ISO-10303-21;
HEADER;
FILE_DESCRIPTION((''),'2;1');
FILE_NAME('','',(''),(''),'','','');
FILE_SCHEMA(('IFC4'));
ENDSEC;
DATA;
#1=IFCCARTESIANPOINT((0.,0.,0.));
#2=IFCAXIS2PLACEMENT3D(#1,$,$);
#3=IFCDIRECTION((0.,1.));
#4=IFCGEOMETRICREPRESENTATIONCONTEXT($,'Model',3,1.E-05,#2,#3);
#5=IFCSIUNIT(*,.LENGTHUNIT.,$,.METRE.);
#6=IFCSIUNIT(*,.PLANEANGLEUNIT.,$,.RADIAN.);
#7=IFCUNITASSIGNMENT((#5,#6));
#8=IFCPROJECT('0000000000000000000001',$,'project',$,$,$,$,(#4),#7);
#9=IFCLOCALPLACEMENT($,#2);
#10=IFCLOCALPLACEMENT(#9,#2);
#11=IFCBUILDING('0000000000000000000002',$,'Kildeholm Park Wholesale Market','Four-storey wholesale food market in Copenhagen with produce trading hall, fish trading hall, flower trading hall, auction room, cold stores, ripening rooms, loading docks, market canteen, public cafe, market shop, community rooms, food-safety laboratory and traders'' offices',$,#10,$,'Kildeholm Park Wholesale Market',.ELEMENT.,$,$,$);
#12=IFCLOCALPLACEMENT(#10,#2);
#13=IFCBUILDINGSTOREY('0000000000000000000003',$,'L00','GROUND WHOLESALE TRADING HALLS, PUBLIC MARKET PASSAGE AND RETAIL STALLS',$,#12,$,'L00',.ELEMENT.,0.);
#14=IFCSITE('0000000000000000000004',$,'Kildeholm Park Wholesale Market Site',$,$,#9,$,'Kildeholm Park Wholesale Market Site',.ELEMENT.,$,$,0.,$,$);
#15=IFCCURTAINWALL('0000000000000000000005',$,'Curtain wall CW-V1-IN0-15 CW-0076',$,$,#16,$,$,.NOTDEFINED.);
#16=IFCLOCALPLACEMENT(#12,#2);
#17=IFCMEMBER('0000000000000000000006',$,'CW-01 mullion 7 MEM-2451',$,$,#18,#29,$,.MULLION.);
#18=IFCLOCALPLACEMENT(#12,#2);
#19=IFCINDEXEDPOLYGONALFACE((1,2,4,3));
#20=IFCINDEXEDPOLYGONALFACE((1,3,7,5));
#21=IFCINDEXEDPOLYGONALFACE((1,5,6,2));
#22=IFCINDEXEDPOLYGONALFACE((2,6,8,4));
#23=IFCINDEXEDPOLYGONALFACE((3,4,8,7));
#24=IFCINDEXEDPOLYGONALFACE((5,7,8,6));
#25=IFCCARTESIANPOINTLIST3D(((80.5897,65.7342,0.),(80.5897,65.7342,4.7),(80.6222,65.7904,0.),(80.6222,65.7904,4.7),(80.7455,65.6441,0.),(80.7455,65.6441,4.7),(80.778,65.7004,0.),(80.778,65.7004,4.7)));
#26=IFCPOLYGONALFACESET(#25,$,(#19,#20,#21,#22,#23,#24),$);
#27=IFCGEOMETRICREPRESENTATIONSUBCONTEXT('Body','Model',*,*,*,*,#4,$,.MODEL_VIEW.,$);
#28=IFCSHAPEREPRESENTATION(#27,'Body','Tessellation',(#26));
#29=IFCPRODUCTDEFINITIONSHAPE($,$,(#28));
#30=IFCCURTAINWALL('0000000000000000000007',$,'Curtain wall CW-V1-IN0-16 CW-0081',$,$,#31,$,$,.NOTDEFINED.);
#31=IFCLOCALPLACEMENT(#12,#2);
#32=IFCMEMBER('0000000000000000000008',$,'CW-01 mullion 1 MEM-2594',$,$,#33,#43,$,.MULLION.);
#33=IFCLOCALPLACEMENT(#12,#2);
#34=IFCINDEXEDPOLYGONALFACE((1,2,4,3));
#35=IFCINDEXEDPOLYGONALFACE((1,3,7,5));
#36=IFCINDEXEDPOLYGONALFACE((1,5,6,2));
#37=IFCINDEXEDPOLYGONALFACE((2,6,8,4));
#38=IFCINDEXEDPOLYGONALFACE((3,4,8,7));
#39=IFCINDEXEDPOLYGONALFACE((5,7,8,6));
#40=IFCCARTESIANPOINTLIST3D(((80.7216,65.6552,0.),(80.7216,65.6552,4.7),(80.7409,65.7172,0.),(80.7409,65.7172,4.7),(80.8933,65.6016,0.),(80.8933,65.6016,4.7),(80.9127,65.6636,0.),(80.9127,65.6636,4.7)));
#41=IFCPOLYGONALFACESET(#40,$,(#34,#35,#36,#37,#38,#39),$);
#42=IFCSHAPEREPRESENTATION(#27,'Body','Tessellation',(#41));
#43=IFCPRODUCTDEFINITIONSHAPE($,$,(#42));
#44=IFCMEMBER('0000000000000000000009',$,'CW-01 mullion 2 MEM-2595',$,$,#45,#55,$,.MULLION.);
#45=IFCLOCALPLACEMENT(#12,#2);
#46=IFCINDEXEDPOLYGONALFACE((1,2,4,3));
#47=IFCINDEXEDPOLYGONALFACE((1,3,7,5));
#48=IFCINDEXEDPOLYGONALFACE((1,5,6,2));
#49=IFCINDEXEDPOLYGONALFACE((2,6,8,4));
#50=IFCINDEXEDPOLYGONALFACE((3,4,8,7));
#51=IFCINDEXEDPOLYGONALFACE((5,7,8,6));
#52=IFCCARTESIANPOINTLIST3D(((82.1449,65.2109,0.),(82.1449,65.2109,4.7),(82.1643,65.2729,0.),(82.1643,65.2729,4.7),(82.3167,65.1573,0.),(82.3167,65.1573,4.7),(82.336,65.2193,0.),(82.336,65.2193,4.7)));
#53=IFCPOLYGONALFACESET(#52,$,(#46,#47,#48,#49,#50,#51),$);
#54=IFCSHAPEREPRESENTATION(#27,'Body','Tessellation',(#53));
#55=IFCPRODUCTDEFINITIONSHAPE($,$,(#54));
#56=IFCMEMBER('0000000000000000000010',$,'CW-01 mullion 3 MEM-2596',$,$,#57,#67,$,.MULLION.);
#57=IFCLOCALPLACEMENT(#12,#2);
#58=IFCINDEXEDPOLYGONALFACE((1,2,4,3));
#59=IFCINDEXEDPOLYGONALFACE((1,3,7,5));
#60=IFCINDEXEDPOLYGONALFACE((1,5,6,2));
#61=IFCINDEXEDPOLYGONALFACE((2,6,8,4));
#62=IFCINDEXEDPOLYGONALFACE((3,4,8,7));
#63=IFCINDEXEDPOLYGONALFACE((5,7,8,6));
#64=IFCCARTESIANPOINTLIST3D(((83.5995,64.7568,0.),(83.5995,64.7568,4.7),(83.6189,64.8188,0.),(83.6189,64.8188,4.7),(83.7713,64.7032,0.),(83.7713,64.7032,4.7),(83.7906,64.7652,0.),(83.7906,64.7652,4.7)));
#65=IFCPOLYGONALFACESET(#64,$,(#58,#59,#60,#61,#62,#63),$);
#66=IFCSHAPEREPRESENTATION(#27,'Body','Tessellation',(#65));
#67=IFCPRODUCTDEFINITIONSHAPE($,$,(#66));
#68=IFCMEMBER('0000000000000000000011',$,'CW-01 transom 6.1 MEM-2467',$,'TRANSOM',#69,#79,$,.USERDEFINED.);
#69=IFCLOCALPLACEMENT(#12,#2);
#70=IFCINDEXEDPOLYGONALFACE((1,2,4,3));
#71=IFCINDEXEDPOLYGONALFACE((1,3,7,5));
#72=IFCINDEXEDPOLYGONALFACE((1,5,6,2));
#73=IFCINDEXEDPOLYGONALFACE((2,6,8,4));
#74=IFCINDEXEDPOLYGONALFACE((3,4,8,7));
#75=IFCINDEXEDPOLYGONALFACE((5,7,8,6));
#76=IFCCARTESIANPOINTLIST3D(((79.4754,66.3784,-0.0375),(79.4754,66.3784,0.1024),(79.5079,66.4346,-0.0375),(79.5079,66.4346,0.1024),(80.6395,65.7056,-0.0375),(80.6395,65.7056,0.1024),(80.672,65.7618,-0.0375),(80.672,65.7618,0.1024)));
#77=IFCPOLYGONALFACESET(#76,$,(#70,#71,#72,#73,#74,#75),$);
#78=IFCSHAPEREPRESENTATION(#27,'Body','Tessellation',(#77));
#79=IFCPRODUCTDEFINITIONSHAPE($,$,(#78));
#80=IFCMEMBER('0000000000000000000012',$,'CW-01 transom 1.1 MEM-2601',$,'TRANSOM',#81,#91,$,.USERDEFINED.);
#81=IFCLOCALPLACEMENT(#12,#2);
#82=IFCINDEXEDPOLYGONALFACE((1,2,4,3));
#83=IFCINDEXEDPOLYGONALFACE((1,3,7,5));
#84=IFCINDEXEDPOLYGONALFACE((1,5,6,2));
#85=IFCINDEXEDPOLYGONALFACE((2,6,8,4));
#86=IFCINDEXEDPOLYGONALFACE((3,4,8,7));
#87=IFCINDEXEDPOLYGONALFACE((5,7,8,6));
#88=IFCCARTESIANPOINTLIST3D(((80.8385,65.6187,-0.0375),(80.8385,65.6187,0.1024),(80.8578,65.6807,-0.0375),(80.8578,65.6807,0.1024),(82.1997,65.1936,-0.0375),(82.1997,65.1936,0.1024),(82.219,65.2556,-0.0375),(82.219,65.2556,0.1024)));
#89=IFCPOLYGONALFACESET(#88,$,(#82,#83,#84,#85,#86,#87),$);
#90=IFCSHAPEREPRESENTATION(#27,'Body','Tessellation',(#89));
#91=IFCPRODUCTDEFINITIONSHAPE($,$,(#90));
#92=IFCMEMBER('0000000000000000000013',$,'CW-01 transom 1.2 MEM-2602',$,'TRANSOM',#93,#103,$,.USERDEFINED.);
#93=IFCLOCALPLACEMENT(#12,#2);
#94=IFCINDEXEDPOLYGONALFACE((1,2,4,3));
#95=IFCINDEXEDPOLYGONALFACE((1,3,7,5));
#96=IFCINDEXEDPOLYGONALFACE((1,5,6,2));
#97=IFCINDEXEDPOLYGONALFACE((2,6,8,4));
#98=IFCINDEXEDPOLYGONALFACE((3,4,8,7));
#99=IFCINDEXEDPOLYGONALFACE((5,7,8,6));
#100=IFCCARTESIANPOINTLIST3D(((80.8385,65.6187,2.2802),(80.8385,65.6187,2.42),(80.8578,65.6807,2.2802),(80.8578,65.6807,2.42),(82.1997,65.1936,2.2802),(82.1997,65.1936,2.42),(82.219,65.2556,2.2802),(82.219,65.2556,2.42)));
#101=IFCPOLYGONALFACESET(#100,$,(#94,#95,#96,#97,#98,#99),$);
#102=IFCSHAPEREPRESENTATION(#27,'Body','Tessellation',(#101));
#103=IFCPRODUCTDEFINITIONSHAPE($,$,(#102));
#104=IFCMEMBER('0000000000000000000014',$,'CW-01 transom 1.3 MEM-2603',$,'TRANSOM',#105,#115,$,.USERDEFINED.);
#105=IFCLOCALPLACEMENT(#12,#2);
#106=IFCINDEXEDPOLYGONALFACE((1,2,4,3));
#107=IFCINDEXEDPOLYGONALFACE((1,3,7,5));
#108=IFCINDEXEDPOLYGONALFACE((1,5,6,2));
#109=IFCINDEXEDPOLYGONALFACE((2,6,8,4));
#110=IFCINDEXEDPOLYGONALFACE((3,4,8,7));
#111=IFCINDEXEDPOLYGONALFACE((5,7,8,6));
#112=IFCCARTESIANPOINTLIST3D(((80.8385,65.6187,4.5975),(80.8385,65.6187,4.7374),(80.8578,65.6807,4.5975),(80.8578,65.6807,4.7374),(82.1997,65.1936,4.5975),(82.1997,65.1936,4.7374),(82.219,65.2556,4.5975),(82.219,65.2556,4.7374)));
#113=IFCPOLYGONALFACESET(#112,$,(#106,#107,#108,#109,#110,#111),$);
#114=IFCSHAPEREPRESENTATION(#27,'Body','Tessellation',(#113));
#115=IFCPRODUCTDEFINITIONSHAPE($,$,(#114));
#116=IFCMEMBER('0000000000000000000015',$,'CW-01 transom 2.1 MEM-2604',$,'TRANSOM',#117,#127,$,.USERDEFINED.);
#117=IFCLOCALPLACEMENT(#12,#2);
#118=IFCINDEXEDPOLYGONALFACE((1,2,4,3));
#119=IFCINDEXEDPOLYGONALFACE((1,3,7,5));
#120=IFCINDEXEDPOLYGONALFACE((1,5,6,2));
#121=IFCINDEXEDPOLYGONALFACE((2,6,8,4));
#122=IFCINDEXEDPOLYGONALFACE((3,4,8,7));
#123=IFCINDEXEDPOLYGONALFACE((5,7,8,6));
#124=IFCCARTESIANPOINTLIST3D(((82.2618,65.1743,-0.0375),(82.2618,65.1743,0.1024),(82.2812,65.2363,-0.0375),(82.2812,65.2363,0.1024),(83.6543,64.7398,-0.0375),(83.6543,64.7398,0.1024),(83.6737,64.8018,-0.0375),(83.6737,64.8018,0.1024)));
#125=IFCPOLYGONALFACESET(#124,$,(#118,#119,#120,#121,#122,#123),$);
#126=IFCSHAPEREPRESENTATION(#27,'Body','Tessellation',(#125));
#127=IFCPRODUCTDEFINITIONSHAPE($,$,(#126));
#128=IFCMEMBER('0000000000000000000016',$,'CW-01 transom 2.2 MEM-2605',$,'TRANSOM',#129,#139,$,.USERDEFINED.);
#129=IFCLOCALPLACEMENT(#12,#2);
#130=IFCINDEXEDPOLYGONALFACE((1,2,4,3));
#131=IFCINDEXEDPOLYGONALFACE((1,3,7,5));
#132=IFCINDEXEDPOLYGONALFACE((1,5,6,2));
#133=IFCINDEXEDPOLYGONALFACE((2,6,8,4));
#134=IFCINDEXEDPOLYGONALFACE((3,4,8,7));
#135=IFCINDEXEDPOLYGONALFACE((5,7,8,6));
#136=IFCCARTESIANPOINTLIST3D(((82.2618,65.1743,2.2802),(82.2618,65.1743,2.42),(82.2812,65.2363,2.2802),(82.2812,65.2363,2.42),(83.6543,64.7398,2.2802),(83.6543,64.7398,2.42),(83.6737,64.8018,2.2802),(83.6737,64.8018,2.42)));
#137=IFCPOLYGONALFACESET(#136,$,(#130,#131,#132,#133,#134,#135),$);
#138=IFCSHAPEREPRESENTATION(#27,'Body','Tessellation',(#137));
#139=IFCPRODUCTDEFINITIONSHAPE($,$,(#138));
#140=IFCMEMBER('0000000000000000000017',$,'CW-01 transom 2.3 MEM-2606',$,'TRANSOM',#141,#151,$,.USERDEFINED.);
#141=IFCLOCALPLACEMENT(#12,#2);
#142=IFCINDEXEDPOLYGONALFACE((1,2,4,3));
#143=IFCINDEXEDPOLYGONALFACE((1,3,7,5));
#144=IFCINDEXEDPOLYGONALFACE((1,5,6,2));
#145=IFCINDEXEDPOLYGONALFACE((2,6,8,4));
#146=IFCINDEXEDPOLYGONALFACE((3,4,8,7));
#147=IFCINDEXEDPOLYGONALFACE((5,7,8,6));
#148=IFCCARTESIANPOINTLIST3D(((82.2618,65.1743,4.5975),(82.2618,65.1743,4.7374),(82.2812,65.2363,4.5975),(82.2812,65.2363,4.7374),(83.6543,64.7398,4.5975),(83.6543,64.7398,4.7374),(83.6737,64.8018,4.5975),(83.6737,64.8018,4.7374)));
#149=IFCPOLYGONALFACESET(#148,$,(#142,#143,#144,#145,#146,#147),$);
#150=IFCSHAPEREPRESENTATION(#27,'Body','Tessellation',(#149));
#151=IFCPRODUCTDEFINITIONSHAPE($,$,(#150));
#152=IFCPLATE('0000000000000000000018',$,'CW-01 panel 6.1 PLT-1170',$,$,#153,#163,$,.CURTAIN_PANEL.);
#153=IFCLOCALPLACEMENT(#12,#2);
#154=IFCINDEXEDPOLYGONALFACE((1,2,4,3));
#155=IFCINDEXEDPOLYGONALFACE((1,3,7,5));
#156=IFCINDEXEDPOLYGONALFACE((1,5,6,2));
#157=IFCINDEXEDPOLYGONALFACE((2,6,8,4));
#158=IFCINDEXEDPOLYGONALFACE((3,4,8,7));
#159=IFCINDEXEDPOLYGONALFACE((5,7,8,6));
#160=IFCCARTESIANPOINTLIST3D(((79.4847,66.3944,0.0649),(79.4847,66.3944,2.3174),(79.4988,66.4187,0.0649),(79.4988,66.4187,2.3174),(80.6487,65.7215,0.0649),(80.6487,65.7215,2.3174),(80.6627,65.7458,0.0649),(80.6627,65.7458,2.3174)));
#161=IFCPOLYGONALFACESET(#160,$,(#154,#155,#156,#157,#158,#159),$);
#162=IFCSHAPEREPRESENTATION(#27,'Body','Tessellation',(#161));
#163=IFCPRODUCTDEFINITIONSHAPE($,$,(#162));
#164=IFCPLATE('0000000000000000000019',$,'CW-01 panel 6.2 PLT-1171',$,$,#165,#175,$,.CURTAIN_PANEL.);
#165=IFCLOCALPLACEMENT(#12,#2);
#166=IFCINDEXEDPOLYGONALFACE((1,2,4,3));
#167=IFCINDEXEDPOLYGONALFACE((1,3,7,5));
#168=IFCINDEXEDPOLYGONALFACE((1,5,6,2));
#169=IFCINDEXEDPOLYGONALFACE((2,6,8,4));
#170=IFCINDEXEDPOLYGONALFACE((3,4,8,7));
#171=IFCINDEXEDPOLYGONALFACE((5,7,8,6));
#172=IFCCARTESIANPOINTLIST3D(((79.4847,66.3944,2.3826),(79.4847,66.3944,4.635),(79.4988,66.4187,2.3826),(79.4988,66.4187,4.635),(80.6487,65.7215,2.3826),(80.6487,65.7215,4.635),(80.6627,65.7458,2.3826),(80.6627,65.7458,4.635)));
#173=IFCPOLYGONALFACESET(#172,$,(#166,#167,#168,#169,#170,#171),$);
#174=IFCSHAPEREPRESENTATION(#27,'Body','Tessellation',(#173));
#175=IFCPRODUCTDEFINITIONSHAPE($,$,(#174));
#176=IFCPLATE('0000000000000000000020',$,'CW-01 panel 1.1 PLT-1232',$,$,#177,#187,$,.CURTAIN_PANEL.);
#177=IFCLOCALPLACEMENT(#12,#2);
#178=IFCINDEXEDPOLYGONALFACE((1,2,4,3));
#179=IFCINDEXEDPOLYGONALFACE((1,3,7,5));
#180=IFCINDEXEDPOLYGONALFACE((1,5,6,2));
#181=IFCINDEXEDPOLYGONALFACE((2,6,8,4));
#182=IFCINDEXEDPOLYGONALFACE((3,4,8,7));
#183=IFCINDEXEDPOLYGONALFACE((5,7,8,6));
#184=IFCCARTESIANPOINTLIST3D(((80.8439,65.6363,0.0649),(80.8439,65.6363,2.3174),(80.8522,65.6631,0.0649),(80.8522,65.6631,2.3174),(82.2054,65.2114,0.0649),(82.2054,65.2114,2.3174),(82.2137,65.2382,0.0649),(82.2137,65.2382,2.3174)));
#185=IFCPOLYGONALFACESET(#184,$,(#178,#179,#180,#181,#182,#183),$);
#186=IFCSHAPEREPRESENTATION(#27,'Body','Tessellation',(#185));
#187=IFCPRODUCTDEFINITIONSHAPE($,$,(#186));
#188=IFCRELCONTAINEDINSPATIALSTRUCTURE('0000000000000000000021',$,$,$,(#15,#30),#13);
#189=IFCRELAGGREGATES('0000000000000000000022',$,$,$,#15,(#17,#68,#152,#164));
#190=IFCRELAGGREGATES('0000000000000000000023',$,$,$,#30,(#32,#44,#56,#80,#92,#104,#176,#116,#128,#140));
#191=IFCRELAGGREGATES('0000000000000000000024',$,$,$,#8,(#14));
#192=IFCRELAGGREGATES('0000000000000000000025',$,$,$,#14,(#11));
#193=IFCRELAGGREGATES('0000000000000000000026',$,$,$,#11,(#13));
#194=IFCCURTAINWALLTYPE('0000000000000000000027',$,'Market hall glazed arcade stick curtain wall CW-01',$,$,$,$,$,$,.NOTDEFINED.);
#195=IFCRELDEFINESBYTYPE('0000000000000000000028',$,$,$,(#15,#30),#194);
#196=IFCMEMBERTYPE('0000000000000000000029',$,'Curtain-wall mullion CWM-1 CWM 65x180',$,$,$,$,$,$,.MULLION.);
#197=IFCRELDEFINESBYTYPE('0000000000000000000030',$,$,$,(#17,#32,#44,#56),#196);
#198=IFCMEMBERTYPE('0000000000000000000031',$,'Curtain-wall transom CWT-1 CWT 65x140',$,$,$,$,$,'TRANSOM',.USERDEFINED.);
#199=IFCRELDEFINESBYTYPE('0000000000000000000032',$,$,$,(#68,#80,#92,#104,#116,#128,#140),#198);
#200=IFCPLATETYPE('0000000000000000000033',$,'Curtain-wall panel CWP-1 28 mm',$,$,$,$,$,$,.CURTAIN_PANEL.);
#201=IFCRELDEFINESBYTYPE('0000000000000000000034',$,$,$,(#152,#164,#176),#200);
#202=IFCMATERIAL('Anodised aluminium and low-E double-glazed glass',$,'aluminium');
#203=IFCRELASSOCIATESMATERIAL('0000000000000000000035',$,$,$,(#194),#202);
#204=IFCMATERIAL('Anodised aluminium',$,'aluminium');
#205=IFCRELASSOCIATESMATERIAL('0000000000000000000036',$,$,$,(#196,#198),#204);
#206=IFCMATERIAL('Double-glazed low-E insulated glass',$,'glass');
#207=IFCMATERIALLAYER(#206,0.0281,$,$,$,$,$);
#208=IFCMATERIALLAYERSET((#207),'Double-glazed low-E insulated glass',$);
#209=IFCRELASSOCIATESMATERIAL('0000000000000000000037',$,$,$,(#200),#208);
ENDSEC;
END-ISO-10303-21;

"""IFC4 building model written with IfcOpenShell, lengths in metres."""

from ifc_helpers import new_model, si_unit, direction, frame, origin, origin_2d, place, context, subcontext, project, spatial, rectangle, extrude, material, layer, layer_set, material_profile, profile_set, type_object, element, aggregate, save


model = new_model("IFC4")

# Units and contexts
model_context = context("Model", 3, precision=1e-05, world=origin(), true_north=direction((0.0, 1.0)))
body_context = subcontext(model_context, "Body", "Model", "MODEL_VIEW")
ifc_project = project(units=[si_unit("LENGTHUNIT", "METRE"), si_unit("PLANEANGLEUNIT", "RADIAN")], contexts=[model_context])

# Site, building, storey
site_placement = place(None, origin())
site = spatial("IfcSite", under=ifc_project, at=site_placement, Name="Kildeholm Park Wholesale Market Site", LongName="Kildeholm Park Wholesale Market Site", CompositionType="ELEMENT", RefElevation=0.0)
building_placement = place(site_placement, origin())
building = spatial("IfcBuilding", under=site, at=building_placement, Name="Kildeholm Park Wholesale Market", Description="Four-storey wholesale food market in Copenhagen with produce trading hall, fish trading hall, flower trading hall, auction room, cold stores, ripening rooms, loading docks, market canteen, public cafe, market shop, community rooms, food-safety laboratory and traders' offices", LongName="Kildeholm Park Wholesale Market", CompositionType="ELEMENT")
storey_placement = place(building_placement, origin())
storey = spatial("IfcBuildingStorey", under=building, at=storey_placement, Name="L00", Description="GROUND WHOLESALE TRADING HALLS, PUBLIC MARKET PASSAGE AND RETAIL STALLS", LongName="L00", CompositionType="ELEMENT", Elevation=0.0)

# Curtain wall, member
ifc_material_1 = material(Name="Anodised aluminium and low-E double-glazed glass", Category="aluminium")
curtain_wall_type = type_object("IfcCurtainWallType", Name="Market hall glazed arcade stick curtain wall CW-01", PredefinedType="NOTDEFINED", material=ifc_material_1)
curtain_wall_1_placement = place(storey_placement, origin())
curtain_wall_1 = element("IfcCurtainWall", 1, at=curtain_wall_1_placement, inside=storey, type_object=curtain_wall_type, Name="Curtain wall CW-V1-IN0-15 CW-0076", PredefinedType="NOTDEFINED")
ifc_material_2 = material(Name="Anodised aluminium", Category="aluminium")
ifc_material_profile_1 = material_profile(ifc_material_2, rectangle(XDim=0.0649, YDim=0.1799, at=origin_2d()), Name="CWM 65x180")
ifc_profile_set_1 = profile_set([ifc_material_profile_1], Name="Anodised aluminium")
member_type_1 = type_object("IfcMemberType", Name="Curtain-wall mullion CWM-1 CWM 65x180", PredefinedType="MULLION", material=ifc_profile_set_1)
member_1_placement = place(storey_placement, frame((80.6838, 65.7173, 0.0), z_axis=(0.0, 0.0, 1.0), x_axis=(0.500489, 0.865743, 0.0)))
member_1 = element("IfcMember", 2, at=member_1_placement, type_object=member_type_1, Name="CW-01 mullion 7 MEM-2451", PredefinedType="MULLION", context=body_context, shape_type="SweptSolid", body=[
    extrude(rectangle(XDim=0.0649, YDim=0.1799, at=origin_2d()), origin(), (0.0, 0.0, 1.0), 4.7),
])

# Curtain wall, members
curtain_wall_2_placement = place(storey_placement, origin())
curtain_wall_2 = element("IfcCurtainWall", 3, at=curtain_wall_2_placement, inside=storey, type_object=curtain_wall_type, Name="Curtain wall CW-V1-IN0-16 CW-0081", PredefinedType="NOTDEFINED")
member_2_placement = place(storey_placement, frame((80.8171, 65.6594, 0.0), z_axis=(0.0, 0.0, 1.0), x_axis=(0.297957, 0.954579, 0.0)))
member_2 = element("IfcMember", 4, at=member_2_placement, type_object=member_type_1, Name="CW-01 mullion 1 MEM-2594", PredefinedType="MULLION", context=body_context, shape_type="SweptSolid", body=[
    extrude(rectangle(XDim=0.0649, YDim=0.1799, at=origin_2d()), origin(), (0.0, 0.0, 1.0), 4.7),
])
member_3_placement = place(storey_placement, frame((82.2405, 65.2151, 0.0), z_axis=(0.0, 0.0, 1.0), x_axis=(0.297957, 0.954579, 0.0)))
member_3 = element("IfcMember", 5, at=member_3_placement, type_object=member_type_1, Name="CW-01 mullion 2 MEM-2595", PredefinedType="MULLION", context=body_context, shape_type="SweptSolid", body=[
    extrude(rectangle(XDim=0.0649, YDim=0.1799, at=origin_2d()), origin(), (0.0, 0.0, 1.0), 4.7),
])
member_4_placement = place(storey_placement, frame((83.6951, 64.761, 0.0), z_axis=(0.0, 0.0, 1.0), x_axis=(0.297957, 0.954579, 0.0)))
member_4 = element("IfcMember", 6, at=member_4_placement, type_object=member_type_1, Name="CW-01 mullion 3 MEM-2596", PredefinedType="MULLION", context=body_context, shape_type="SweptSolid", body=[
    extrude(rectangle(XDim=0.0649, YDim=0.1799, at=origin_2d()), origin(), (0.0, 0.0, 1.0), 4.7),
])

# Members
ifc_material_profile_2 = material_profile(ifc_material_2, rectangle(XDim=0.0649, YDim=0.1399, at=origin_2d()), Name="CWT 65x140")
ifc_profile_set_2 = profile_set([ifc_material_profile_2], Name="Anodised aluminium")
member_type_2 = type_object("IfcMemberType", Name="Curtain-wall transom CWT-1 CWT 65x140", ElementType="TRANSOM", PredefinedType="USERDEFINED", material=ifc_profile_set_2)
member_5_placement = place(storey_placement, frame((79.4917, 66.4065, 0.0325), z_axis=(0.865774, -0.500435, 0.0), x_axis=(0.500435, 0.865774, 0.0)))
member_5 = element("IfcMember", 7, at=member_5_placement, type_object=member_type_2, Name="CW-01 transom 6.1 MEM-2467", ObjectType="TRANSOM", PredefinedType="USERDEFINED", context=body_context, shape_type="SweptSolid", body=[
    extrude(rectangle(XDim=0.0649, YDim=0.1399, at=origin_2d()), origin(), (0.0, 0.0, 1.0), 1.3445),
])
member_6_placement = place(storey_placement, frame((80.8481, 65.6497, 0.0325), z_axis=(0.954553, -0.298041, 0.0), x_axis=(0.298041, 0.954553, 0.0)))
member_6 = element("IfcMember", 8, at=member_6_placement, type_object=member_type_2, Name="CW-01 transom 1.1 MEM-2601", ObjectType="TRANSOM", PredefinedType="USERDEFINED", context=body_context, shape_type="SweptSolid", body=[
    extrude(rectangle(XDim=0.0649, YDim=0.1399, at=origin_2d()), origin(), (0.0, 0.0, 1.0), 1.426),
])
member_7_placement = place(storey_placement, frame((80.8481, 65.6497, 2.3501), z_axis=(0.954553, -0.298041, 0.0), x_axis=(0.298041, 0.954553, 0.0)))
member_7 = element("IfcMember", 9, at=member_7_placement, type_object=member_type_2, Name="CW-01 transom 1.2 MEM-2602", ObjectType="TRANSOM", PredefinedType="USERDEFINED", context=body_context, shape_type="SweptSolid", body=[
    extrude(rectangle(XDim=0.0649, YDim=0.1399, at=origin_2d()), origin(), (0.0, 0.0, 1.0), 1.426),
])
member_8_placement = place(storey_placement, frame((80.8481, 65.6497, 4.6675), z_axis=(0.954553, -0.298041, 0.0), x_axis=(0.298041, 0.954553, 0.0)))
member_8 = element("IfcMember", 10, at=member_8_placement, type_object=member_type_2, Name="CW-01 transom 1.3 MEM-2603", ObjectType="TRANSOM", PredefinedType="USERDEFINED", context=body_context, shape_type="SweptSolid", body=[
    extrude(rectangle(XDim=0.0649, YDim=0.1399, at=origin_2d()), origin(), (0.0, 0.0, 1.0), 1.426),
])
member_9_placement = place(storey_placement, frame((82.2715, 65.2053, 0.0325), z_axis=(0.954599, -0.297894, 0.0), x_axis=(0.297894, 0.954599, 0.0)))
member_9 = element("IfcMember", 11, at=member_9_placement, type_object=member_type_2, Name="CW-01 transom 2.1 MEM-2604", ObjectType="TRANSOM", PredefinedType="USERDEFINED", context=body_context, shape_type="SweptSolid", body=[
    extrude(rectangle(XDim=0.0649, YDim=0.1399, at=origin_2d()), origin(), (0.0, 0.0, 1.0), 1.4587),
])
member_10_placement = place(storey_placement, frame((82.2715, 65.2053, 2.3501), z_axis=(0.954599, -0.297894, 0.0), x_axis=(0.297894, 0.954599, 0.0)))
member_10 = element("IfcMember", 12, at=member_10_placement, type_object=member_type_2, Name="CW-01 transom 2.2 MEM-2605", ObjectType="TRANSOM", PredefinedType="USERDEFINED", context=body_context, shape_type="SweptSolid", body=[
    extrude(rectangle(XDim=0.0649, YDim=0.1399, at=origin_2d()), origin(), (0.0, 0.0, 1.0), 1.4587),
])
member_11_placement = place(storey_placement, frame((82.2715, 65.2053, 4.6675), z_axis=(0.954599, -0.297894, 0.0), x_axis=(0.297894, 0.954599, 0.0)))
member_11 = element("IfcMember", 13, at=member_11_placement, type_object=member_type_2, Name="CW-01 transom 2.3 MEM-2606", ObjectType="TRANSOM", PredefinedType="USERDEFINED", context=body_context, shape_type="SweptSolid", body=[
    extrude(rectangle(XDim=0.0649, YDim=0.1399, at=origin_2d()), origin(), (0.0, 0.0, 1.0), 1.4587),
])

# Plates
ifc_material_3 = material(Name="Double-glazed low-E insulated glass", Category="glass")
ifc_layer_1 = layer(ifc_material_3, 0.0281)
ifc_layer_set_1 = layer_set([ifc_layer_1], Name="Double-glazed low-E insulated glass")
plate_type = type_object("IfcPlateType", Name="Curtain-wall panel CWP-1 28 mm", PredefinedType="CURTAIN_PANEL", material=ifc_layer_set_1)
plate_1_placement = place(storey_placement, frame((80.0737, 66.0701, 0.0649), z_axis=(0.0, 0.0, 1.0), x_axis=(0.865743, -0.500489, 0.0)))
plate_1 = element("IfcPlate", 14, at=plate_1_placement, type_object=plate_type, Name="CW-01 panel 6.1 PLT-1170", PredefinedType="CURTAIN_PANEL", context=body_context, shape_type="SweptSolid", body=[
    extrude(rectangle(XDim=1.3445, YDim=0.0281, at=origin_2d()), origin(), (0.0, 0.0, 1.0), 2.2524),
])
plate_2_placement = place(storey_placement, frame((80.0737, 66.0701, 2.3826), z_axis=(0.0, 0.0, 1.0), x_axis=(0.865743, -0.500489, 0.0)))
plate_2 = element("IfcPlate", 15, at=plate_2_placement, type_object=plate_type, Name="CW-01 panel 6.2 PLT-1171", PredefinedType="CURTAIN_PANEL", context=body_context, shape_type="SweptSolid", body=[
    extrude(rectangle(XDim=1.3445, YDim=0.0281, at=origin_2d()), origin(), (0.0, 0.0, 1.0), 2.2524),
])
aggregate(curtain_wall_1, [member_1, member_5, plate_1, plate_2])
plate_3_placement = place(storey_placement, frame((81.5288, 65.4373, 0.0649), z_axis=(0.0, 0.0, 1.0), x_axis=(0.954579, -0.297957, 0.0)))
plate_3 = element("IfcPlate", 16, at=plate_3_placement, type_object=plate_type, Name="CW-01 panel 1.1 PLT-1232", PredefinedType="CURTAIN_PANEL", context=body_context, shape_type="SweptSolid", body=[
    extrude(rectangle(XDim=1.4263, YDim=0.0281, at=origin_2d()), origin(), (0.0, 0.0, 1.0), 2.2524),
])
aggregate(curtain_wall_2, [member_2, member_3, member_4, member_6, member_7, member_8, plate_3, member_9, member_10, member_11])

save(model, "model.ifc")
